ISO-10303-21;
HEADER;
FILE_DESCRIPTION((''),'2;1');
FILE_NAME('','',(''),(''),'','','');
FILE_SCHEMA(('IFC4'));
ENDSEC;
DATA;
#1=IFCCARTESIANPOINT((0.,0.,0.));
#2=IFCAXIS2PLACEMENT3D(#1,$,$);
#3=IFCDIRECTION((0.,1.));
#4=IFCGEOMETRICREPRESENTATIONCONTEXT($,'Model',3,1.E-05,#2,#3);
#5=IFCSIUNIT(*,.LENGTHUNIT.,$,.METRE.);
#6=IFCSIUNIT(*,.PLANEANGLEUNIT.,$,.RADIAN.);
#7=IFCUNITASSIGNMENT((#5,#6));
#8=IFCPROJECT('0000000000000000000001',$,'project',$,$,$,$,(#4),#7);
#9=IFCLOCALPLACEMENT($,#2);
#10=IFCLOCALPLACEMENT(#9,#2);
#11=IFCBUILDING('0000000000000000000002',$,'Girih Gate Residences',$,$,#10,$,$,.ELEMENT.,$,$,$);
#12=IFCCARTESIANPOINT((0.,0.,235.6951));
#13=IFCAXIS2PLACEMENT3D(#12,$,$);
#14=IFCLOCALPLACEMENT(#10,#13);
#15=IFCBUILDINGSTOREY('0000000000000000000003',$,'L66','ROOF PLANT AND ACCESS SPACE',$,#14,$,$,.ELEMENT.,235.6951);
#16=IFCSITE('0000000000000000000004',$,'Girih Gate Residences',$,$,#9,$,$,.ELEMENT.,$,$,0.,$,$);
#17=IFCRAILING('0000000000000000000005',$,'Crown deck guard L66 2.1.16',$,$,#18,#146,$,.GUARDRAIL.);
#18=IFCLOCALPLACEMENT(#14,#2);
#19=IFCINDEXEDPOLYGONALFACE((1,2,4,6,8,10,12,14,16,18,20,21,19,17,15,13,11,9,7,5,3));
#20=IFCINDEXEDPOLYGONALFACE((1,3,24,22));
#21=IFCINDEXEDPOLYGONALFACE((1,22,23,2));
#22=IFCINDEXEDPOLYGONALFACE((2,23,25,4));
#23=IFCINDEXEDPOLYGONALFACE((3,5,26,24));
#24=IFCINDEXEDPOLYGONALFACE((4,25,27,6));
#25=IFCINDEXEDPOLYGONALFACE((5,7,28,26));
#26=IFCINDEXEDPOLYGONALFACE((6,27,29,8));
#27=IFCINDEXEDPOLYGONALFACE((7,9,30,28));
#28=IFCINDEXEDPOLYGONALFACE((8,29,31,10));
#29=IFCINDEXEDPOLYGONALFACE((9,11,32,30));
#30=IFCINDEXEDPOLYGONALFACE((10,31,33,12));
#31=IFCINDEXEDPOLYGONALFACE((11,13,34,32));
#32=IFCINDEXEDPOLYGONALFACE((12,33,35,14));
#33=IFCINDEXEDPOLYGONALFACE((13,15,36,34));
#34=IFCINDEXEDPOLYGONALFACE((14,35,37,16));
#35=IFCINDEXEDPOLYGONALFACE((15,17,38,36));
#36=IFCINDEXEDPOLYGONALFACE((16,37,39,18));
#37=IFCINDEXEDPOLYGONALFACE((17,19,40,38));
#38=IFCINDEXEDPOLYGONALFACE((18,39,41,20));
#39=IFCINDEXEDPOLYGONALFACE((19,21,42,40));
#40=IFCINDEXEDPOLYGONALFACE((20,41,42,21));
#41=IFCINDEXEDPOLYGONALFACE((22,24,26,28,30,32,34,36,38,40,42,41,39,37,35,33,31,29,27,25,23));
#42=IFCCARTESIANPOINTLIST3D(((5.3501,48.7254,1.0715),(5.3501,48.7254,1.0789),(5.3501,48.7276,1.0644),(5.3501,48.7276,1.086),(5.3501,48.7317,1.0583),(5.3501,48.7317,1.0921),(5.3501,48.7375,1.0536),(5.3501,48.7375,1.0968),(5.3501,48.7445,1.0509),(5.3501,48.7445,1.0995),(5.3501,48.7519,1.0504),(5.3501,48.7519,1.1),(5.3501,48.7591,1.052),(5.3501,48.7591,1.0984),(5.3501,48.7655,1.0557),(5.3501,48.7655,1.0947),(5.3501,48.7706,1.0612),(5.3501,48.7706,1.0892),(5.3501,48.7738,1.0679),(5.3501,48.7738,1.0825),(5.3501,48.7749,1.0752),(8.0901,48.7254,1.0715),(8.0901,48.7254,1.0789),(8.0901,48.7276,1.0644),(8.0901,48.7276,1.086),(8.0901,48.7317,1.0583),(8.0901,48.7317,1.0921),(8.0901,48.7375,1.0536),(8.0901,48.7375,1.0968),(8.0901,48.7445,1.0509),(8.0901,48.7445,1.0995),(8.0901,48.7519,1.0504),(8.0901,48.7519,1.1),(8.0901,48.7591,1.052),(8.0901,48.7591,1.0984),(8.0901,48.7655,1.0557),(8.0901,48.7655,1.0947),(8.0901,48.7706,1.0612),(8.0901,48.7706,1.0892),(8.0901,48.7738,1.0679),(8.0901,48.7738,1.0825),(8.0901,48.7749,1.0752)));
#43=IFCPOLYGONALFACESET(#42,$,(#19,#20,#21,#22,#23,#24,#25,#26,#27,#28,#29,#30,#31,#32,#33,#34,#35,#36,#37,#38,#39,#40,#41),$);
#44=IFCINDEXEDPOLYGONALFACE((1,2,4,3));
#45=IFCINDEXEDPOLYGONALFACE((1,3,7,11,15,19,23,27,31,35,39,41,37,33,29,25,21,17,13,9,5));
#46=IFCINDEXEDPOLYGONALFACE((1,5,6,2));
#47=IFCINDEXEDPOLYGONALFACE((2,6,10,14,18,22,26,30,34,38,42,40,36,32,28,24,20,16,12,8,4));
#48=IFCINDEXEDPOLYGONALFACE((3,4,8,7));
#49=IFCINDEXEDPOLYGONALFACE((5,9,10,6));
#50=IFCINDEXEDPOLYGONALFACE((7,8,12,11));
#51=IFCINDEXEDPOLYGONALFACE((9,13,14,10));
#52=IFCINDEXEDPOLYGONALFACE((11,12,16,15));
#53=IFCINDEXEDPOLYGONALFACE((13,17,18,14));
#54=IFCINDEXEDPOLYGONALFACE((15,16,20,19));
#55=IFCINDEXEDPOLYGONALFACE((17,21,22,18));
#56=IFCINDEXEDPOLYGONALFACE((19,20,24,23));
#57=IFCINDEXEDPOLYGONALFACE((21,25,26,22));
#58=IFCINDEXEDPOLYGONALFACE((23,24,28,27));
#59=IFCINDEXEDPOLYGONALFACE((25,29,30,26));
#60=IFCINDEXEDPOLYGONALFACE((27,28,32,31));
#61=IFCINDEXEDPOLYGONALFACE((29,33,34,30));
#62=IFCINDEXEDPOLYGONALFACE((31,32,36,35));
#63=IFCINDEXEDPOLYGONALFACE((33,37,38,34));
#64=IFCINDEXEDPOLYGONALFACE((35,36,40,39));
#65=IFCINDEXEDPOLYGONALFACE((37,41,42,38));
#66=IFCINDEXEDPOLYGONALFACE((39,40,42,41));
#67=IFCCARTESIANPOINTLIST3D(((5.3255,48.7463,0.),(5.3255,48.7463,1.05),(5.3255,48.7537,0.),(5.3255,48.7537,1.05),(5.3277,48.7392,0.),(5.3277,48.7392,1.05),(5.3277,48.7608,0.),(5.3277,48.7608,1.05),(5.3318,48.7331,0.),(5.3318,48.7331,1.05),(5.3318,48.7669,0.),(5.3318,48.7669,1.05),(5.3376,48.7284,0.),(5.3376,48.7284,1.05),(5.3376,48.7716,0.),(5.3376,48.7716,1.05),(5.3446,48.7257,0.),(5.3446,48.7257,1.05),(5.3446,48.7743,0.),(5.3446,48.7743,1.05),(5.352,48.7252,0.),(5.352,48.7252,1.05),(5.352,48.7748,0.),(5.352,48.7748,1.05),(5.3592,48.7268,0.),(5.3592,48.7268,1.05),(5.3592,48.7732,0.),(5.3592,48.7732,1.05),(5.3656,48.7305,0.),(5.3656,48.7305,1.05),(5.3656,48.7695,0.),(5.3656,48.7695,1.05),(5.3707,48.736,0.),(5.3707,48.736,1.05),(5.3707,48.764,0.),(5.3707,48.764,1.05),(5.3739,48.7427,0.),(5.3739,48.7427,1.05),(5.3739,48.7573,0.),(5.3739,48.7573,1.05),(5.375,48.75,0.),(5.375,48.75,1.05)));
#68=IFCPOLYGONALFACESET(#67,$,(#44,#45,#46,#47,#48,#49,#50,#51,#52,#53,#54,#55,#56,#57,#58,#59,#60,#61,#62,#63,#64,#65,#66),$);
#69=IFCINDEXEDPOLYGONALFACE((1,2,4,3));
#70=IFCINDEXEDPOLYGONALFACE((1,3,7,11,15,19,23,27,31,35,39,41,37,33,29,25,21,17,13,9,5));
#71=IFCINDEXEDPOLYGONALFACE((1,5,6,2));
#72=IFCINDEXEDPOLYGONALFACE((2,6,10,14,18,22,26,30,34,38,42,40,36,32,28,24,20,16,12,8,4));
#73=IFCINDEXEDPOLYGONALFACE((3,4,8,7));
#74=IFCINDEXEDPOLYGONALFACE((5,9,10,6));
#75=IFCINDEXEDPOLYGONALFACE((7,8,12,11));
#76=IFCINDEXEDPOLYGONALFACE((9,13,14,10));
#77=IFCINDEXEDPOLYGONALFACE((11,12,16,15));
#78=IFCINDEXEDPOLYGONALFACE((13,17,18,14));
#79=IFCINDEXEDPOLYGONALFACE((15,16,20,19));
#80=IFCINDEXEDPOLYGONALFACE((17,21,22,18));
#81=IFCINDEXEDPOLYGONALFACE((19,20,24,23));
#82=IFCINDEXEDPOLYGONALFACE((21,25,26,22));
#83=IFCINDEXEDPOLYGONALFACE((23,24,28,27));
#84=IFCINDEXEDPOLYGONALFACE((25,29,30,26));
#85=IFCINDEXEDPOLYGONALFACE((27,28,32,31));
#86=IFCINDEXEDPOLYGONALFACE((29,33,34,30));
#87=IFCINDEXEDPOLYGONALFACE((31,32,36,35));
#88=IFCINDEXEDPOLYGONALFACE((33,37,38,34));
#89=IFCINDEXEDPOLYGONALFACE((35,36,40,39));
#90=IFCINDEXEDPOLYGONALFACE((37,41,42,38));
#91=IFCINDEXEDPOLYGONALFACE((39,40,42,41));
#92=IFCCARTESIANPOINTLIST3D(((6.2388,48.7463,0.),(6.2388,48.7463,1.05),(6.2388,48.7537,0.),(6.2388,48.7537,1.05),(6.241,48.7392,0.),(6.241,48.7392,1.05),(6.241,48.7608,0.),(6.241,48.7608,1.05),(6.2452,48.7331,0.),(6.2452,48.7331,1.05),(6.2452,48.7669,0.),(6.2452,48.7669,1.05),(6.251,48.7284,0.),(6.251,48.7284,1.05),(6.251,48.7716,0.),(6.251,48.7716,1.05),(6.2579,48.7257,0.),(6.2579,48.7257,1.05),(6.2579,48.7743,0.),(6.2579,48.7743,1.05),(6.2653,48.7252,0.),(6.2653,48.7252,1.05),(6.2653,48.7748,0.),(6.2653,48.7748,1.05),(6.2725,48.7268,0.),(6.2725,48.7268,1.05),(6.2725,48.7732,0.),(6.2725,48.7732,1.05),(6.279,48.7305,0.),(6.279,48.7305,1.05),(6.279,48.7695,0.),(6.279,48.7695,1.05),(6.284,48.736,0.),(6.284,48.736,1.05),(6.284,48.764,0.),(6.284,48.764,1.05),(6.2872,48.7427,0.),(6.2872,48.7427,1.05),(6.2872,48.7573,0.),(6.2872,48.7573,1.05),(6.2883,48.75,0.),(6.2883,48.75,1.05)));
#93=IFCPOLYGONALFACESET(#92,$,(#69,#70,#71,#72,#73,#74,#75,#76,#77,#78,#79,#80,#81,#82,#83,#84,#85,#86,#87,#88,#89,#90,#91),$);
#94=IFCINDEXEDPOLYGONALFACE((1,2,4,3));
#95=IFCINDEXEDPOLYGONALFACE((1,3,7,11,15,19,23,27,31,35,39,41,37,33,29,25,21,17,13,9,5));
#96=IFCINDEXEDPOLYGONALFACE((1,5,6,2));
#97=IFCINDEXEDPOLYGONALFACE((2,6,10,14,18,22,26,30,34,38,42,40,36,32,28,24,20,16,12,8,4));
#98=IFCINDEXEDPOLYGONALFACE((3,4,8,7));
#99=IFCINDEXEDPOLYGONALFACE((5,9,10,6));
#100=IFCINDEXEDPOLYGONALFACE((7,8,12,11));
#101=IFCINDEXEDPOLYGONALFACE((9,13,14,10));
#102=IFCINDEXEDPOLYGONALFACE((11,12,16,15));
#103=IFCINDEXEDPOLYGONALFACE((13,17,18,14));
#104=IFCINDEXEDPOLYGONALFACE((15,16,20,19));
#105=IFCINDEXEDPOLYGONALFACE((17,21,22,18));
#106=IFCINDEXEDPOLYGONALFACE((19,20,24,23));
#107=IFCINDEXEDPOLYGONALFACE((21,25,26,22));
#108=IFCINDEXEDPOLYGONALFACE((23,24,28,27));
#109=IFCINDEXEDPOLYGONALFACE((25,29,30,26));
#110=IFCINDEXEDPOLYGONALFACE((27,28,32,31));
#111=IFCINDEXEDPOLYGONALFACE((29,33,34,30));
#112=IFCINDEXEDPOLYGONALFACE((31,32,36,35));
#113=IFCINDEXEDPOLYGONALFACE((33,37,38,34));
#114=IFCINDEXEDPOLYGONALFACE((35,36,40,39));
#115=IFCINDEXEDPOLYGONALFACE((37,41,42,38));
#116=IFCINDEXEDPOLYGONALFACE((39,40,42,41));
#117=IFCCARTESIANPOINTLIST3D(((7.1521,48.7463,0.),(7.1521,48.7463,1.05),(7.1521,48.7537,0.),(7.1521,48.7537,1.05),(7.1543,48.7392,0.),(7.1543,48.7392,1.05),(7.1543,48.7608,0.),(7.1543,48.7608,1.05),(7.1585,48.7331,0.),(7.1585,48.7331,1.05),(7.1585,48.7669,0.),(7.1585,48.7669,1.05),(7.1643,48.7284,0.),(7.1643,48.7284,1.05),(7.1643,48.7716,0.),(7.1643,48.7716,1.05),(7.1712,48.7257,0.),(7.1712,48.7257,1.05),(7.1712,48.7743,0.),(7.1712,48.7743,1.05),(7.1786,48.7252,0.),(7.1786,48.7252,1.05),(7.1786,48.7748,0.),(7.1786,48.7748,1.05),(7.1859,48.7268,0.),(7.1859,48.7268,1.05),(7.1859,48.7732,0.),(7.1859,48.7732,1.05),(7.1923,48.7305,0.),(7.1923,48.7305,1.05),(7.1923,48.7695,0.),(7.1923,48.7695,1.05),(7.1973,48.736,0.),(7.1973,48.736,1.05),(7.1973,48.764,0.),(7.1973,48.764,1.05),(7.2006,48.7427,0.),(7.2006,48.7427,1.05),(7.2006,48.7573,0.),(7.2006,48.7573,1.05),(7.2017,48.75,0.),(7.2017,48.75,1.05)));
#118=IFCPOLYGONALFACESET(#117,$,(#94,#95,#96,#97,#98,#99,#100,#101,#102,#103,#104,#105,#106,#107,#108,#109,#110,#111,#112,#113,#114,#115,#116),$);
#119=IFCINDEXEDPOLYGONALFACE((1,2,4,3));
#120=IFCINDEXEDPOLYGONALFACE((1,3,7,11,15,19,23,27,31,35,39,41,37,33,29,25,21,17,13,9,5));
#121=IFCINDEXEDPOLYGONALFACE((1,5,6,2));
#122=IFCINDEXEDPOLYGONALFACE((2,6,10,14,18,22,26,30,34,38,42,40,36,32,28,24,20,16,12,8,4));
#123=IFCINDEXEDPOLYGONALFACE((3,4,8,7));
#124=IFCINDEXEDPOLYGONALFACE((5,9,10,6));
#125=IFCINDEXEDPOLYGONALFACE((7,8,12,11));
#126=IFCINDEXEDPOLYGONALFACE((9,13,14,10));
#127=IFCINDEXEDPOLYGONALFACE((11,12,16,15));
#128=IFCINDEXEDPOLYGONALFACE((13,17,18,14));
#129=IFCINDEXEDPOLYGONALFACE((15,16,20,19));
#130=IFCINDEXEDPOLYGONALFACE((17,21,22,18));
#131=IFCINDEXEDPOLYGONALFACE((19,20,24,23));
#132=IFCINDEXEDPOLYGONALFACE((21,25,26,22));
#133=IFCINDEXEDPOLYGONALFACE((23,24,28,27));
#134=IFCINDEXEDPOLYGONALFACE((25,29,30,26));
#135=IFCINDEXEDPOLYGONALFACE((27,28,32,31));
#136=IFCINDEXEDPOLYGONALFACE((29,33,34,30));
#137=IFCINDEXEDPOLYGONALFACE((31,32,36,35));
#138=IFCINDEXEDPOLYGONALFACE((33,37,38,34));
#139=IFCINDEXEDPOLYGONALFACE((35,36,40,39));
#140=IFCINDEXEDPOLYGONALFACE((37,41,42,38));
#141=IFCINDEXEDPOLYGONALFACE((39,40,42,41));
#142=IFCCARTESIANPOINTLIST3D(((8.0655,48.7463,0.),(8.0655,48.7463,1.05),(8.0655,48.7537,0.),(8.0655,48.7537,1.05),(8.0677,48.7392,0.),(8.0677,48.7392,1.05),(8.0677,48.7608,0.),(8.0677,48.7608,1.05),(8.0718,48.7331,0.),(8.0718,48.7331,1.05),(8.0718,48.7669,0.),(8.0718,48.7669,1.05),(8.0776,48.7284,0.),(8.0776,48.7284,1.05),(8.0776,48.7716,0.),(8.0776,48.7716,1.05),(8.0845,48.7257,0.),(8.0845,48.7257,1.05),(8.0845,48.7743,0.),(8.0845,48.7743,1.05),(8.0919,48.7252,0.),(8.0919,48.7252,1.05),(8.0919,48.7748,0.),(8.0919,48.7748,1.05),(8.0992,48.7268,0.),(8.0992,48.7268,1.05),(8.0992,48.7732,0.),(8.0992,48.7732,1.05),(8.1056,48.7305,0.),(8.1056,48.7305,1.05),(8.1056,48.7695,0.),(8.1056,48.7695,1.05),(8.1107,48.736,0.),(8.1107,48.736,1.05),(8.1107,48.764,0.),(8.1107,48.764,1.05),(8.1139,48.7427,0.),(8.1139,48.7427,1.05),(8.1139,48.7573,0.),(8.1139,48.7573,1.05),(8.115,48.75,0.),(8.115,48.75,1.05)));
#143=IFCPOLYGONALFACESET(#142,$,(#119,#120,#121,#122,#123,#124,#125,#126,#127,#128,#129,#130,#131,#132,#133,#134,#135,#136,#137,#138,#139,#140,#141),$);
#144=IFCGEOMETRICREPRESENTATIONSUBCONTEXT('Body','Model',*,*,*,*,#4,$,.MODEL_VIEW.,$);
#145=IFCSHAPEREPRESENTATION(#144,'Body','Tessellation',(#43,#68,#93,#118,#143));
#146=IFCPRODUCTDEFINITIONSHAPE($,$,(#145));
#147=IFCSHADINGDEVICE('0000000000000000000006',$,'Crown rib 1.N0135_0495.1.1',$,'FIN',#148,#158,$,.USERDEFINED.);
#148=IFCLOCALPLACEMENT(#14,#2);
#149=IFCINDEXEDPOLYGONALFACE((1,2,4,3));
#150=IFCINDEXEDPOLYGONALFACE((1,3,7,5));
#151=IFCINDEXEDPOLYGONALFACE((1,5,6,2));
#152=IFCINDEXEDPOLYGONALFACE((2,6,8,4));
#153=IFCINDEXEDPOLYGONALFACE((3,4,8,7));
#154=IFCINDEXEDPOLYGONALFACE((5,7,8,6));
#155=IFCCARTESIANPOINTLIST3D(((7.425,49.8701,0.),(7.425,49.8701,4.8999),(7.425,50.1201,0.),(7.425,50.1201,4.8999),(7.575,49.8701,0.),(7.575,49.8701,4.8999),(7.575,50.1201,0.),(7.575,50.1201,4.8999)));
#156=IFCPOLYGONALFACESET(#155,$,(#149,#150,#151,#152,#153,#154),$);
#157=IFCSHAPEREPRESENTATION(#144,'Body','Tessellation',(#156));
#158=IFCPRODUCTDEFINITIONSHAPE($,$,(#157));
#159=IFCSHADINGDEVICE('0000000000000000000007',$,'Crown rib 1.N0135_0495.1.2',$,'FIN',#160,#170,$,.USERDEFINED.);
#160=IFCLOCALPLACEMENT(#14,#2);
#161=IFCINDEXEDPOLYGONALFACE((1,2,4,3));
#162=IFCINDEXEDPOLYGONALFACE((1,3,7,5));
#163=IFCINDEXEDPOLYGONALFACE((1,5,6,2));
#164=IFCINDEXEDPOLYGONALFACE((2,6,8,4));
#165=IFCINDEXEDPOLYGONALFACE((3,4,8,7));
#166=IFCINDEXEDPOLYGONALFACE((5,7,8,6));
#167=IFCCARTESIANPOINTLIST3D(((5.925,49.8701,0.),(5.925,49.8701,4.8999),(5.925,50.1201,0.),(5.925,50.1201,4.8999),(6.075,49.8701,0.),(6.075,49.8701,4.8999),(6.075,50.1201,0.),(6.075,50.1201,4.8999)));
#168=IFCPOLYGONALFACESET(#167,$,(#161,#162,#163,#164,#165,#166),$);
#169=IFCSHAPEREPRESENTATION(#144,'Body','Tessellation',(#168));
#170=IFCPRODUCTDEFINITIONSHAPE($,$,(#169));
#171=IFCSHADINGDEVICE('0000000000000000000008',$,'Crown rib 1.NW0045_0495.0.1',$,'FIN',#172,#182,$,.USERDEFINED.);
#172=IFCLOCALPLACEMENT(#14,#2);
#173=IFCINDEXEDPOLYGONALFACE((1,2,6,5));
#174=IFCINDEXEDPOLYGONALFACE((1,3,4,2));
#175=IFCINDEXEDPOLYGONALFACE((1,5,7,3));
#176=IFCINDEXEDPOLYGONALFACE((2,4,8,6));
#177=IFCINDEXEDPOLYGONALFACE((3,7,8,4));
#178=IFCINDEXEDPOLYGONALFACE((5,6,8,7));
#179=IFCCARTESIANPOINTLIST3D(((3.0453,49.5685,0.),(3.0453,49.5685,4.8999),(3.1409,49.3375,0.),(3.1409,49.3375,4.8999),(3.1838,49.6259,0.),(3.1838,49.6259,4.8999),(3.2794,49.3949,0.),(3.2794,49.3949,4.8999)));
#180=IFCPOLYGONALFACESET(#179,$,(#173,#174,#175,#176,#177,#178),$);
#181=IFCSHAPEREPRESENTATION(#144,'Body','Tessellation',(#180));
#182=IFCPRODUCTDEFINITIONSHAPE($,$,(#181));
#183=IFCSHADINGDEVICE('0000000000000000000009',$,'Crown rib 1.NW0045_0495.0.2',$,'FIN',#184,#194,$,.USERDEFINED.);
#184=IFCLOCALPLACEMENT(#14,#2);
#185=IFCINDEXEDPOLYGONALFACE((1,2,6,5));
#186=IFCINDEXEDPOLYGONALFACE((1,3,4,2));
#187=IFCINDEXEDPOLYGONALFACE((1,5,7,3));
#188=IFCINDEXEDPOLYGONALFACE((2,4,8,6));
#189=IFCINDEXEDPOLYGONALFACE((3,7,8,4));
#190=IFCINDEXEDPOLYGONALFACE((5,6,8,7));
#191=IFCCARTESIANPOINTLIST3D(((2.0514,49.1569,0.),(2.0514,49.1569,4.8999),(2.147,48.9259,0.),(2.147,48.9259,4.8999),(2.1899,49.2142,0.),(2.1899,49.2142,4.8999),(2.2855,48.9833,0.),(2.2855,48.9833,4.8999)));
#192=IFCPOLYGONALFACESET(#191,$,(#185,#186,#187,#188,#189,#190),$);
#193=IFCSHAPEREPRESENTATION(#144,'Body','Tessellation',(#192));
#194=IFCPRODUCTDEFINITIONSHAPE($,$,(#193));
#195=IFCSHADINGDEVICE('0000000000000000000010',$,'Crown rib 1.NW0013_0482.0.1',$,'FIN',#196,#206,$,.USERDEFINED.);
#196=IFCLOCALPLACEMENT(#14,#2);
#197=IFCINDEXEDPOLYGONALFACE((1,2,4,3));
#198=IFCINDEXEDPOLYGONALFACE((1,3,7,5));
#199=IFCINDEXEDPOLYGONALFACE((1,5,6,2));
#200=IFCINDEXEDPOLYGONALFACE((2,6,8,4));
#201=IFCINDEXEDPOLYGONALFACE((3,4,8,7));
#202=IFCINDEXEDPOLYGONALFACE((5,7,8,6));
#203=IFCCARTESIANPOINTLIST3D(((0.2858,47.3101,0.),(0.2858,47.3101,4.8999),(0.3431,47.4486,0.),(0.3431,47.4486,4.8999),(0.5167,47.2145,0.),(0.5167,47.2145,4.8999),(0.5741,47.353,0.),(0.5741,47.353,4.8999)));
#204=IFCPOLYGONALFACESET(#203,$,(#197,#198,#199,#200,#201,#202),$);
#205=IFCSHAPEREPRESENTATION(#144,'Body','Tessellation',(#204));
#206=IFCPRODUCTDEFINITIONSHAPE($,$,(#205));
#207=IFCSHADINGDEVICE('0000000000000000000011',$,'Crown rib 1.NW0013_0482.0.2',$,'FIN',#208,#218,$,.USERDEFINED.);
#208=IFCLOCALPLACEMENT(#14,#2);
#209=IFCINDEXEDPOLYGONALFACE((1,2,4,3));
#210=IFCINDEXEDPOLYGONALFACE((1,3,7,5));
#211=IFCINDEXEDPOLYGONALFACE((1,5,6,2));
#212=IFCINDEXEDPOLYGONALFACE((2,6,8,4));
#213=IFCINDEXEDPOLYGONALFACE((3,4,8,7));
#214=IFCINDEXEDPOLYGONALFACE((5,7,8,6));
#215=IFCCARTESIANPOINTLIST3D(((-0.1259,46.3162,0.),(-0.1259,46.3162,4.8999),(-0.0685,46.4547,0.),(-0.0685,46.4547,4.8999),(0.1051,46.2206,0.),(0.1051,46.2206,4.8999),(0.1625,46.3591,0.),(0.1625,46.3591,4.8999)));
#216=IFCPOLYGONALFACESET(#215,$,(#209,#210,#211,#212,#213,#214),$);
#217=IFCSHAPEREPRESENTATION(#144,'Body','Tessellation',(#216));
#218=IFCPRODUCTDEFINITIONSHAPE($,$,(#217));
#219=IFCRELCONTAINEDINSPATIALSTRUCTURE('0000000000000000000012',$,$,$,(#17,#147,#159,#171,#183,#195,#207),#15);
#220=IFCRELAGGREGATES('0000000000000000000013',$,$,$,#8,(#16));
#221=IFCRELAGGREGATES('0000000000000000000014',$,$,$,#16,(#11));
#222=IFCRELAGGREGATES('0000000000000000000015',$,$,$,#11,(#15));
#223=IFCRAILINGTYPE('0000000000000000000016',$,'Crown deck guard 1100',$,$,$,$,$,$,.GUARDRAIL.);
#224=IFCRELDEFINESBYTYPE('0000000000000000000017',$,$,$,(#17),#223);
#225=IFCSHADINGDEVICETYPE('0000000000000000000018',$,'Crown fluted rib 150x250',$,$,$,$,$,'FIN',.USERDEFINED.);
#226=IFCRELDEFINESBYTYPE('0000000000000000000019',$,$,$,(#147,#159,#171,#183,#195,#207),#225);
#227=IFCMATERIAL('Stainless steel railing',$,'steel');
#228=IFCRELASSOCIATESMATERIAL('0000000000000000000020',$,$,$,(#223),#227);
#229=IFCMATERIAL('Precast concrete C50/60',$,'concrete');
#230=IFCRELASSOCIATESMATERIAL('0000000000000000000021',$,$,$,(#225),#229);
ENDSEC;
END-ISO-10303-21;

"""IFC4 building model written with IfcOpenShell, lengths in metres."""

from ifc_helpers import new_model, si_unit, direction, frame, origin, origin_2d, place, context, subcontext, project, spatial, rectangle, circle, extrude, material, type_object, element, save


model = new_model("IFC4")

# Units and contexts
model_context = context("Model", 3, precision=1e-05, world=origin(), true_north=direction((0.0, 1.0)))
body_context = subcontext(model_context, "Body", "Model", "MODEL_VIEW")
ifc_project = project(units=[si_unit("LENGTHUNIT", "METRE"), si_unit("PLANEANGLEUNIT", "RADIAN")], contexts=[model_context])

# Site, building, storey
site_placement = place(None, origin())
site = spatial("IfcSite", under=ifc_project, at=site_placement, Name="Girih Gate Residences", CompositionType="ELEMENT", RefElevation=0.0)
building_placement = place(site_placement, origin())
building = spatial("IfcBuilding", under=site, at=building_placement, Name="Girih Gate Residences", CompositionType="ELEMENT")
storey_placement = place(building_placement, frame((0.0, 0.0, 235.6951)))
storey = spatial("IfcBuildingStorey", under=building, at=storey_placement, Name="L66", Description="ROOF PLANT AND ACCESS SPACE", CompositionType="ELEMENT", Elevation=235.6951)

# Railing
ifc_material_1 = material(Name="Stainless steel railing", Category="steel")
railing_type = type_object("IfcRailingType", Name="Crown deck guard 1100", PredefinedType="GUARDRAIL", material=ifc_material_1)
railing_1_placement = place(storey_placement, frame((5.3501, 48.75, 0.0)))
element("IfcRailing", 1, at=railing_1_placement, inside=storey, type_object=railing_type, Name="Crown deck guard L66 2.1.16", PredefinedType="GUARDRAIL", context=body_context, shape_type="SweptSolid", body=[
    extrude(circle(Radius=0.0249, at=origin_2d()), frame((0.0, 0.0, 1.0752), z_axis=(1.0, 0.0, 0.0), x_axis=(0.0, 1.0, 0.0)), (0.0, 0.0, 1.0), 2.74),
    extrude(circle(Radius=0.0249, at=origin_2d()), origin(), (0.0, 0.0, 1.0), 1.05),
    extrude(circle(Radius=0.0249, at=origin_2d()), frame((0.9133, 0.0, 0.0)), (0.0, 0.0, 1.0), 1.05),
    extrude(circle(Radius=0.0249, at=origin_2d()), frame((1.8267, 0.0, 0.0)), (0.0, 0.0, 1.0), 1.05),
    extrude(circle(Radius=0.0249, at=origin_2d()), frame((2.74, 0.0, 0.0)), (0.0, 0.0, 1.0), 1.05),
])

# Shading devices
ifc_material_2 = material(Name="Precast concrete C50/60", Category="concrete")
shading_device_type_1 = type_object("IfcShadingDeviceType", Name="Crown fluted rib 150x250", ElementType="FIN", PredefinedType="USERDEFINED", material=ifc_material_2)
for number, where, z_axis, x_axis, name in (
    (2, (7.5, 49.9951, 0.0), (0.0, 0.0, 1.0), (-1.0, 0.0, 0.0), "Crown rib 1.N0135_0495.1.1"),
    (3, (6.0, 49.9951, 0.0), (0.0, 0.0, 1.0), (-1.0, 0.0, 0.0), "Crown rib 1.N0135_0495.1.2"),
    (4, (3.1624, 49.4817, 0.0), (0.0, 0.0, 1.0), (-0.92388, -0.382683, 0.0), "Crown rib 1.NW0045_0495.0.1"),
    (5, (2.1685, 49.0701, 0.0), (0.0, 0.0, 1.0), (-0.92388, -0.382683, 0.0), "Crown rib 1.NW0045_0495.0.2"),
    (6, (0.4299, 47.3315, 0.0), (0.0, 0.0, 1.0), (-0.382683, -0.92388, 0.0), "Crown rib 1.NW0013_0482.0.1"),
    (7, (0.0183, 46.3376, 0.0), (0.0, 0.0, 1.0), (-0.382683, -0.92388, 0.0), "Crown rib 1.NW0013_0482.0.2"),
):
    element("IfcShadingDevice", number, at=place(storey_placement, frame(where, z_axis=z_axis, x_axis=x_axis)), inside=storey, type_object=shading_device_type_1, Name=name, ObjectType="FIN", PredefinedType="USERDEFINED", context=body_context, shape_type="SweptSolid", body=[
        extrude(rectangle(XDim=0.1499, YDim=0.25, at=origin_2d()), origin(), (0.0, 0.0, 1.0), 4.8999),
    ])

save(model, "model.ifc")
